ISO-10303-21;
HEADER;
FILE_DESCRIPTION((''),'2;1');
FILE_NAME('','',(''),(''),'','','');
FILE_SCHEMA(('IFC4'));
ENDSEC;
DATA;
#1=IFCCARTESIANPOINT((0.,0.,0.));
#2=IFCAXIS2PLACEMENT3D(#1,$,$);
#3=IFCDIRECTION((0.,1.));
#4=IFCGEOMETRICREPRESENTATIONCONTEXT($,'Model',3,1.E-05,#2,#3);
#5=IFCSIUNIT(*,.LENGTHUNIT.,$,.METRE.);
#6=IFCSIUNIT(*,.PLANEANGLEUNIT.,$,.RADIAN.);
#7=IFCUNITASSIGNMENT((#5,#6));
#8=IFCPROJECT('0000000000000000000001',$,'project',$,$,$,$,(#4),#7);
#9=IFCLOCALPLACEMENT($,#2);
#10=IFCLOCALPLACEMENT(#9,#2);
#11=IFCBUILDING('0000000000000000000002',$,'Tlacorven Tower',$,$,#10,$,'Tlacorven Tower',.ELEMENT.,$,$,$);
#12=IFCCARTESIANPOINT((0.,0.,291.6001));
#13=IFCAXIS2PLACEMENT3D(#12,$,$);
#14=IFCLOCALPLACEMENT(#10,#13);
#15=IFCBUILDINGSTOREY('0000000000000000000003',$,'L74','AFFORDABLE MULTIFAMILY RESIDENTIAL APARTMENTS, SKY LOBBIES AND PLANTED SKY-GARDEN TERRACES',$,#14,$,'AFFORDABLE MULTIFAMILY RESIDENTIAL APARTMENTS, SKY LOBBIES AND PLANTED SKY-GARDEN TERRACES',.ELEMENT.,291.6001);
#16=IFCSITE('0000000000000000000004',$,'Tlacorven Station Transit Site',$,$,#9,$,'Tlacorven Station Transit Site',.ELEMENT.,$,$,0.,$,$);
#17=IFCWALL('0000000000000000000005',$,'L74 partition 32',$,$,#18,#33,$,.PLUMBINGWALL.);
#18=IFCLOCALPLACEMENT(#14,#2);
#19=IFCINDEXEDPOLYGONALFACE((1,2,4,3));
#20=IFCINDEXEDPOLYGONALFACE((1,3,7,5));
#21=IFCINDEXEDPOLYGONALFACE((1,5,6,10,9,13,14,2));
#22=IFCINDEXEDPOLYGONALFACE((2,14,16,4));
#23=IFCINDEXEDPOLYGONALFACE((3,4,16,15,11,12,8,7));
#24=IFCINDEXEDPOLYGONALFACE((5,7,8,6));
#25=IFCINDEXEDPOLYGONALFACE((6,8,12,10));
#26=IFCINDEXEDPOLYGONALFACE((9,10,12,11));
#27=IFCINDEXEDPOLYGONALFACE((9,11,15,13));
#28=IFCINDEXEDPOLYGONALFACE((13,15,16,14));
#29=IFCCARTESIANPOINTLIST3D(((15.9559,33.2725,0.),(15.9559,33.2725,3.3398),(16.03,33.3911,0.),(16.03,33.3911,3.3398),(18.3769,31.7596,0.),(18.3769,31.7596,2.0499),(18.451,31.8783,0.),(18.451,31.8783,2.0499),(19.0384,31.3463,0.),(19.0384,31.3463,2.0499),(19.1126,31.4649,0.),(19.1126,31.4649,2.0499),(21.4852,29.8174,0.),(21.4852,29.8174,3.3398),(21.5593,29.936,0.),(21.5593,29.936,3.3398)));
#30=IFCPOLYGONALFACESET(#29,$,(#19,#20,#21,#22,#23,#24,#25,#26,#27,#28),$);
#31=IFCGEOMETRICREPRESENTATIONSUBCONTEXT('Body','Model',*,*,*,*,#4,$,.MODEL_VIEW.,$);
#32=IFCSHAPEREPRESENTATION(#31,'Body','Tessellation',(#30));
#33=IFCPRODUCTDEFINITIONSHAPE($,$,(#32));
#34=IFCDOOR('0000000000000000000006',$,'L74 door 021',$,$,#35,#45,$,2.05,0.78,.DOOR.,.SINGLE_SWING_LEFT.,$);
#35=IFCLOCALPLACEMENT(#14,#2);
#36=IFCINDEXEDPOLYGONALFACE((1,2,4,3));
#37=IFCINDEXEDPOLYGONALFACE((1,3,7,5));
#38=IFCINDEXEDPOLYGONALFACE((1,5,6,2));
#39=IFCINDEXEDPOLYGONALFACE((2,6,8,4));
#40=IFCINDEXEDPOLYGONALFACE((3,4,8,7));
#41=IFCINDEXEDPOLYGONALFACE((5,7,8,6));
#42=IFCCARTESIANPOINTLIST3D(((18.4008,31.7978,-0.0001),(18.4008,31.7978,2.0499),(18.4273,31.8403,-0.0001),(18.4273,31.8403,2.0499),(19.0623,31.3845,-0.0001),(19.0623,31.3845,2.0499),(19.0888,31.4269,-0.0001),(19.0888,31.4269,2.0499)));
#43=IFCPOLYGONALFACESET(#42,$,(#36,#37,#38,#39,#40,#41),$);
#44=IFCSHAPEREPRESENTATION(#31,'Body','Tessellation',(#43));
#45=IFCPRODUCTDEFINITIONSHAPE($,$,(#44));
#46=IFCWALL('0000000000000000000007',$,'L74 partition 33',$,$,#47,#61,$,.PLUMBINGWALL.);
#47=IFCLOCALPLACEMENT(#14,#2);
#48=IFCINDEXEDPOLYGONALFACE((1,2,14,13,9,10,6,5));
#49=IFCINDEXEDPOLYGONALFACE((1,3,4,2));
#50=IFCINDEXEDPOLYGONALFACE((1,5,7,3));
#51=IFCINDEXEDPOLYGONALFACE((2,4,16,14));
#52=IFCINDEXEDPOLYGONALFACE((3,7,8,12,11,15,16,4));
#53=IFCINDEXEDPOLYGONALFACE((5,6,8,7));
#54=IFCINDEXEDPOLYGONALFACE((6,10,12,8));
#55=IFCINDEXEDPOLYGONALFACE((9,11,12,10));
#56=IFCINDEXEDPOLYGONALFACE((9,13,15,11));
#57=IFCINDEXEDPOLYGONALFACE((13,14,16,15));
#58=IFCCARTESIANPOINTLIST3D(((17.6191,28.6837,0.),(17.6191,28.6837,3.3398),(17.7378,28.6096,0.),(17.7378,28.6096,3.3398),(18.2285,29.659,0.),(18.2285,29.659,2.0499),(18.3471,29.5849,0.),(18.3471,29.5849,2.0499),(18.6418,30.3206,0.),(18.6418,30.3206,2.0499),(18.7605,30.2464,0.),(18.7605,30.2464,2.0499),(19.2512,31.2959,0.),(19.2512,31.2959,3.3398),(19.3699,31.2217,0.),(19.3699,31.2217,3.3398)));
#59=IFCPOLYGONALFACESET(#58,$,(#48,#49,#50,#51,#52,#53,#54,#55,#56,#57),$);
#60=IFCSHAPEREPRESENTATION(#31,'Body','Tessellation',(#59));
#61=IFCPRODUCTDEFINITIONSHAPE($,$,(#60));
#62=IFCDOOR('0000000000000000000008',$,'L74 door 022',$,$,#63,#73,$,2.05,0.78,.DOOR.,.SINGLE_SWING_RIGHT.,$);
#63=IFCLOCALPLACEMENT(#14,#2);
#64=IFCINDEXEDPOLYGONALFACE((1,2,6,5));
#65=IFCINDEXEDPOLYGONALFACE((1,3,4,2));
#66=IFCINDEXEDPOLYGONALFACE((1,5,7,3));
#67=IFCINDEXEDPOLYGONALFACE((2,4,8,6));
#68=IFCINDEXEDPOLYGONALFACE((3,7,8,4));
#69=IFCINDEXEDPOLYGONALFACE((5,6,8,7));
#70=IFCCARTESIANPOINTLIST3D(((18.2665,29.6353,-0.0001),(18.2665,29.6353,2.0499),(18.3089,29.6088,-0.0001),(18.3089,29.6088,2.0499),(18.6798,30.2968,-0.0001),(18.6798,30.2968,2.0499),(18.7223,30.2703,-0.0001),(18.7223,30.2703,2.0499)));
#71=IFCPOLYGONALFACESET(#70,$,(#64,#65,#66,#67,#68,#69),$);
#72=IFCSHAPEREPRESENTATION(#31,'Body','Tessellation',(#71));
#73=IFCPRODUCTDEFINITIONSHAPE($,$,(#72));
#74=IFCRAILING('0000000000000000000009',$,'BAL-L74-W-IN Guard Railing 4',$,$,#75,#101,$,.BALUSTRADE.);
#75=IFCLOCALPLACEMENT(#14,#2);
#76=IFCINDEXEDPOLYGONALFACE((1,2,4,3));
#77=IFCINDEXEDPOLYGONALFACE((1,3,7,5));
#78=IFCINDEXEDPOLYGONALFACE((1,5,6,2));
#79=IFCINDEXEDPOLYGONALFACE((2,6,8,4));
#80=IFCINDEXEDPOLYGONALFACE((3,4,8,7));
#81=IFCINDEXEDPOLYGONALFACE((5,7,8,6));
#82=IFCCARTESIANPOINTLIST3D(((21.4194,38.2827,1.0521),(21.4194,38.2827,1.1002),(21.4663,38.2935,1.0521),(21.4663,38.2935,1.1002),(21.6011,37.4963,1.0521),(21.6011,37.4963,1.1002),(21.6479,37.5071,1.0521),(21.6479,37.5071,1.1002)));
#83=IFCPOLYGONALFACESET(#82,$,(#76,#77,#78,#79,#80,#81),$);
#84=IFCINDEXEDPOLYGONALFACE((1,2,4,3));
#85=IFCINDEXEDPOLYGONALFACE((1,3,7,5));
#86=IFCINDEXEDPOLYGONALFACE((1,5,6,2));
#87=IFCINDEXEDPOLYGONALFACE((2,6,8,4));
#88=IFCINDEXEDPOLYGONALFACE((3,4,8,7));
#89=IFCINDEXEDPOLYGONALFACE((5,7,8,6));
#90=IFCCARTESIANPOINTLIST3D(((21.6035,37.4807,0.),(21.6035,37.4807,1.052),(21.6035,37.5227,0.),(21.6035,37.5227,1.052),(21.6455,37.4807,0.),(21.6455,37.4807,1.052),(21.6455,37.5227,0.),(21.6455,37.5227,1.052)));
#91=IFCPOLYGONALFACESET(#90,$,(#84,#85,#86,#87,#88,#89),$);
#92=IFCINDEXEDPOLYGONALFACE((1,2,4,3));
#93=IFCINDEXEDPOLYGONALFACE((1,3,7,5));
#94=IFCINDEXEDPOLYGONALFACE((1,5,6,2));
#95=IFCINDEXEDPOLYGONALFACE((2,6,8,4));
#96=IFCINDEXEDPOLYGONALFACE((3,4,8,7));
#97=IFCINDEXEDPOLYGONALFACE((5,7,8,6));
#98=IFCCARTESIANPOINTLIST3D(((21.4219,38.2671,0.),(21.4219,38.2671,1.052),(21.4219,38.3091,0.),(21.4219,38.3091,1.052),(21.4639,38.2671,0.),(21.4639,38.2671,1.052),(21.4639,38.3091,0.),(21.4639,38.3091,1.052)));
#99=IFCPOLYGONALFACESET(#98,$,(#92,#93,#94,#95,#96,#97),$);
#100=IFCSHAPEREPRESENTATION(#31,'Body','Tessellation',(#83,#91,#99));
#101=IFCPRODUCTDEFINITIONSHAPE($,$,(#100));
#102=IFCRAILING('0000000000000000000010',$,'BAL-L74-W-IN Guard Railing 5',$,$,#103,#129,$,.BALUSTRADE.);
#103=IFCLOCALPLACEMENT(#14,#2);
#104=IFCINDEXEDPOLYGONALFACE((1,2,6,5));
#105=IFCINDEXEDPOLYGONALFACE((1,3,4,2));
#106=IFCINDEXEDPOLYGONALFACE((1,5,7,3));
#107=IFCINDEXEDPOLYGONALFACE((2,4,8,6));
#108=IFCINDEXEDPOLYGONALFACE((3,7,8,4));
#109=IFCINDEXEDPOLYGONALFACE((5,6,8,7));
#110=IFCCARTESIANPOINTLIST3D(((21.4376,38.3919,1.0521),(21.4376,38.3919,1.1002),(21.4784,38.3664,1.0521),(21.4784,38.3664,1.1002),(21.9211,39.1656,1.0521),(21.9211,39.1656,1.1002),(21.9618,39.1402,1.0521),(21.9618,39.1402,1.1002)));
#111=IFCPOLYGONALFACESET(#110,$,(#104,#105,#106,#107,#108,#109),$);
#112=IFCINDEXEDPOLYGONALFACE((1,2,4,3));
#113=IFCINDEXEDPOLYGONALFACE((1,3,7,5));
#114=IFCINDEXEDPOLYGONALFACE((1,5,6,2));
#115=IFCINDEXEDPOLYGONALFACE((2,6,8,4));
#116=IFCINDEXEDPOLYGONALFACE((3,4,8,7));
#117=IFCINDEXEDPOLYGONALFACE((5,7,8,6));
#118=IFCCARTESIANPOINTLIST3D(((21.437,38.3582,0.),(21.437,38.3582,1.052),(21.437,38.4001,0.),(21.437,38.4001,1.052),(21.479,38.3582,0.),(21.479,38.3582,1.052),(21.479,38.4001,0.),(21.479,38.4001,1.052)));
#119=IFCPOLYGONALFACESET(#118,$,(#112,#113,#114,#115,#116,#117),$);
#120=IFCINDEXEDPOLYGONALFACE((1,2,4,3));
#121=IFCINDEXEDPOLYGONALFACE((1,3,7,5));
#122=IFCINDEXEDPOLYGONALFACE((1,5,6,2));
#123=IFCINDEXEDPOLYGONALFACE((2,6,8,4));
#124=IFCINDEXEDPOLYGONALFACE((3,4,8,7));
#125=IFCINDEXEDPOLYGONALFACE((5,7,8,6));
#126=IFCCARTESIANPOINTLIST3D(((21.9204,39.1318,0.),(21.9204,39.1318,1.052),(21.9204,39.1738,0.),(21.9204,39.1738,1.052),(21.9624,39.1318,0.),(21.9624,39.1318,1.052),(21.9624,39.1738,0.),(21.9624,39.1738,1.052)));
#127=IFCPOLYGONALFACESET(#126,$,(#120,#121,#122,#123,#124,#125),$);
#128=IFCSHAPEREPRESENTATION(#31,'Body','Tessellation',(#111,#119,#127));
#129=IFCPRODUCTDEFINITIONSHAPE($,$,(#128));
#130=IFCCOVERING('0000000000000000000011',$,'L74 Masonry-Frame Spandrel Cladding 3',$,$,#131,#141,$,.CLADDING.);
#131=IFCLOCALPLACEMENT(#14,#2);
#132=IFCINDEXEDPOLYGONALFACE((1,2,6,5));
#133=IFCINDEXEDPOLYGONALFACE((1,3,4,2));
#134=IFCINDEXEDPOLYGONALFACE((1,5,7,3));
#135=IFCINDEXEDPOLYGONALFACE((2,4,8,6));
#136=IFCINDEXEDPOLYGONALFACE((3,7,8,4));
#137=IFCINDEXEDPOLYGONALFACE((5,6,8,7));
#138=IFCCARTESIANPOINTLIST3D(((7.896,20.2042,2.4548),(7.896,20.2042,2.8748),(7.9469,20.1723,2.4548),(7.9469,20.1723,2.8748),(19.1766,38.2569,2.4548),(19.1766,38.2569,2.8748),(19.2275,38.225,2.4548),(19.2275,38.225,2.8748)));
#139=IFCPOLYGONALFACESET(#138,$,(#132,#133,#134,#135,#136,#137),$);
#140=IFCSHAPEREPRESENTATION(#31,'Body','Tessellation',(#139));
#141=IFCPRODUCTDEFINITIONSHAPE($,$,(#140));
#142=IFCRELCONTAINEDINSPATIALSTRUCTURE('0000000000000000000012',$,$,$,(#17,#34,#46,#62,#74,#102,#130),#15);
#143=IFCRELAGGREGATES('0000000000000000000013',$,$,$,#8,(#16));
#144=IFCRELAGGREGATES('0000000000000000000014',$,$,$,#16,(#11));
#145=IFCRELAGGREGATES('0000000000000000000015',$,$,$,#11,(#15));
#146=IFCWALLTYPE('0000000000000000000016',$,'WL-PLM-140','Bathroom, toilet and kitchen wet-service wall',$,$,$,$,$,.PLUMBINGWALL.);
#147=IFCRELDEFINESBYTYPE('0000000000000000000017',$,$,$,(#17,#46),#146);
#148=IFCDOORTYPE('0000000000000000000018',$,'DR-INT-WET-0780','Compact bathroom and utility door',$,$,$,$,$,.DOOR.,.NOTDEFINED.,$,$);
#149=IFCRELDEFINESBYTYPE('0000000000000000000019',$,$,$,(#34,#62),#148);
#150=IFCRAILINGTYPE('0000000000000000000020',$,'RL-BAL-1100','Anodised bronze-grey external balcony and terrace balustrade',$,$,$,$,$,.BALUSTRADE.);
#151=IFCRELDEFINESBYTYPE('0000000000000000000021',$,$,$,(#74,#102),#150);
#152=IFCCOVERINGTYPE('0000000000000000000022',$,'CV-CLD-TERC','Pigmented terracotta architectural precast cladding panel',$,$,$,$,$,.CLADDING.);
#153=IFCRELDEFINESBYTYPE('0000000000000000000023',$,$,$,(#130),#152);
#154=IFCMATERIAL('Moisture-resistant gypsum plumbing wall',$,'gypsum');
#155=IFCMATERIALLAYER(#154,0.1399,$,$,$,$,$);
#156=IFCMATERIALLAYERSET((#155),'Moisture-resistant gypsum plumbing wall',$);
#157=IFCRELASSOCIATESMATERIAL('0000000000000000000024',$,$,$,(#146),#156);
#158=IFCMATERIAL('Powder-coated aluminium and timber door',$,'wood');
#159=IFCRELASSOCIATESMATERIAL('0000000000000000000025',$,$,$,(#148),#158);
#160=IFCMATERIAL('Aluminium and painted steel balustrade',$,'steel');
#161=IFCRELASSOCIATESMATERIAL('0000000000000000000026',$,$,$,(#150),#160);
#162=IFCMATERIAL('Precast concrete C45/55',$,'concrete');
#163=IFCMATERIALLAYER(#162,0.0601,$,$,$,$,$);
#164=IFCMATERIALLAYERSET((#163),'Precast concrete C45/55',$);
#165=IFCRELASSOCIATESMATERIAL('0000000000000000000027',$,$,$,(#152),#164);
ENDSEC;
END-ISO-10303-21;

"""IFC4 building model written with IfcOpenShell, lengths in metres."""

from ifc_helpers import new_model, si_unit, direction, frame, frame_2d, origin, origin_2d, place, context, subcontext, project, spatial, rectangle, extrude, source, transform, mapped, material, layer, layer_set, type_object, element, fill, save


model = new_model("IFC4")

# Units and contexts
model_context = context("Model", 3, precision=1e-05, world=origin(), true_north=direction((0.0, 1.0)))
body_context = subcontext(model_context, "Body", "Model", "MODEL_VIEW")
ifc_project = project(units=[si_unit("LENGTHUNIT", "METRE"), si_unit("PLANEANGLEUNIT", "RADIAN")], contexts=[model_context])

# Site, building, storey
site_placement = place(None, origin())
site = spatial("IfcSite", under=ifc_project, at=site_placement, Name="Tlacorven Station Transit Site", LongName="Tlacorven Station Transit Site", CompositionType="ELEMENT", RefElevation=0.0)
building_placement = place(site_placement, origin())
building = spatial("IfcBuilding", under=site, at=building_placement, Name="Tlacorven Tower", LongName="Tlacorven Tower", CompositionType="ELEMENT")
storey_placement = place(building_placement, frame((0.0, 0.0, 291.6001)))
storey = spatial("IfcBuildingStorey", under=building, at=storey_placement, Name="L74", Description="AFFORDABLE MULTIFAMILY RESIDENTIAL APARTMENTS, SKY LOBBIES AND PLANTED SKY-GARDEN TERRACES", LongName="AFFORDABLE MULTIFAMILY RESIDENTIAL APARTMENTS, SKY LOBBIES AND PLANTED SKY-GARDEN TERRACES", CompositionType="ELEMENT", Elevation=291.6001)

# Shared definitions
ifc_material_1 = material(Name="Precast concrete C45/55", Category="concrete")
ifc_material_2 = material(Name="Powder-coated aluminium and timber door", Category="wood")

# Walls, openings, doors
ifc_material_3 = material(Name="Moisture-resistant gypsum plumbing wall", Category="gypsum")
ifc_layer_1 = layer(ifc_material_3, 0.1399)
ifc_layer_set_1 = layer_set([ifc_layer_1], Name="Moisture-resistant gypsum plumbing wall")
wall_type_1 = type_object("IfcWallType", Name="WL-PLM-140", Description="Bathroom, toilet and kitchen wet-service wall", PredefinedType="PLUMBINGWALL", material=ifc_layer_set_1)
wall_1_placement = place(storey_placement, frame((21.5222, 29.8767, 0.0), z_axis=(0.0, 0.0, 1.0), x_axis=(-0.848049, 0.529918, 0.0)))
wall_1 = element("IfcWall", 1, at=wall_1_placement, inside=storey, type_object=wall_type_1, Name="L74 partition 32", PredefinedType="PLUMBINGWALL", context=body_context, shape_type="SweptSolid", body=[
    extrude(rectangle(XDim=6.52, YDim=0.1399, at=frame_2d((3.26, 0.0))), origin(), (0.0, 0.0, 1.0), 3.3398),
])
opening_1_placement = place(wall_1_placement, frame((2.885, 0.0, 0.0)))
opening_1 = element("IfcOpeningElement", 2, at=opening_1_placement, cuts=wall_1, PredefinedType="OPENING", context=body_context, shape_type="SweptSolid", body=[
    extrude(rectangle(XDim=0.78, YDim=2.05, at=frame_2d((0.3901, 1.0249))), frame((0.0, 0.0801, 0.0), z_axis=(0.0, -1.0, 0.0), x_axis=(1.0, 0.0, 0.0)), (0.0, 0.0, 1.0), 0.1599),
])
door_type_1 = type_object("IfcDoorType", Name="DR-INT-WET-0780", Description="Compact bathroom and utility door", OperationType="NOTDEFINED", PredefinedType="DOOR", material=ifc_material_2)
shared_shape_1 = source(origin(), body_context, "Body", "SweptSolid", [
    extrude(rectangle(XDim=0.78, YDim=2.05, at=frame_2d((0.3901, 1.0249))), frame((0.0, 0.0249, 0.0), z_axis=(0.0, -1.0, 0.0), x_axis=(1.0, 0.0, 0.0)), (0.0, 0.0, 1.0), 0.05),
])
door_1_placement = place(opening_1_placement, origin())
door_1 = element("IfcDoor", 3, at=door_1_placement, inside=storey, type_object=door_type_1, Name="L74 door 021", OperationType="SINGLE_SWING_LEFT", OverallHeight=2.05, OverallWidth=0.78, PredefinedType="DOOR", context=body_context, shape_type="MappedRepresentation", body=[
    mapped(shared_shape_1, transform((0.0, 0.0, 0.0), scale=1.0)),
])
fill(opening_1, door_1)
wall_2_placement = place(storey_placement, frame((19.3105, 31.2588, 0.0), z_axis=(0.0, 0.0, 1.0), x_axis=(-0.529892, -0.848065, 0.0)))
wall_2 = element("IfcWall", 4, at=wall_2_placement, inside=storey, type_object=wall_type_1, Name="L74 partition 33", PredefinedType="PLUMBINGWALL", context=body_context, shape_type="SweptSolid", body=[
    extrude(rectangle(XDim=3.0801, YDim=0.1399, at=frame_2d((1.54, 0.0))), origin(), (0.0, 0.0, 1.0), 3.3398),
])
opening_2_placement = place(wall_2_placement, frame((1.1499, 0.0, 0.0)))
opening_2 = element("IfcOpeningElement", 5, at=opening_2_placement, cuts=wall_2, PredefinedType="OPENING", context=body_context, shape_type="SweptSolid", body=[
    extrude(rectangle(XDim=0.78, YDim=2.05, at=frame_2d((0.3901, 1.0249))), frame((0.0, 0.0801, 0.0), z_axis=(0.0, -1.0, 0.0), x_axis=(1.0, 0.0, 0.0)), (0.0, 0.0, 1.0), 0.1599),
])
door_2_placement = place(opening_2_placement, origin())
door_2 = element("IfcDoor", 6, at=door_2_placement, inside=storey, type_object=door_type_1, Name="L74 door 022", OperationType="SINGLE_SWING_RIGHT", OverallHeight=2.05, OverallWidth=0.78, PredefinedType="DOOR", context=body_context, shape_type="MappedRepresentation", body=[
    mapped(shared_shape_1, transform((0.0, 0.0, 0.0), scale=1.0)),
])
fill(opening_2, door_2)

# Railings
ifc_material_4 = material(Name="Aluminium and painted steel balustrade", Category="steel")
railing_type = type_object("IfcRailingType", Name="RL-BAL-1100", Description="Anodised bronze-grey external balcony and terrace balustrade", PredefinedType="BALUSTRADE", material=ifc_material_4)
shared_shape_2 = source(origin(), body_context, "Body", "SweptSolid", [
    extrude(rectangle(XDim=0.0481, YDim=0.0481, at=origin_2d()), frame((0.0, 0.0, 1.0762), z_axis=(-0.225058, 0.974345, 0.0), x_axis=(-0.974345, -0.225058, 0.0)), (0.0, 0.0, 1.0), 0.8071),
    extrude(rectangle(XDim=0.042, YDim=0.042, at=origin_2d()), origin(), (0.0, 0.0, 1.0), 1.052),
    extrude(rectangle(XDim=0.042, YDim=0.042, at=origin_2d()), frame((-0.1816, 0.7864, 0.0)), (0.0, 0.0, 1.0), 1.052),
])
railing_1_placement = place(storey_placement, frame((21.6245, 37.5017, 0.0)))
element("IfcRailing", 7, at=railing_1_placement, inside=storey, type_object=railing_type, Name="BAL-L74-W-IN Guard Railing 4", PredefinedType="BALUSTRADE", context=body_context, shape_type="MappedRepresentation", body=[
    mapped(shared_shape_2, transform((0.0, 0.0, 0.0), scale=1.0)),
])
shared_shape_3 = source(origin(), body_context, "Body", "SweptSolid", [
    extrude(rectangle(XDim=0.0481, YDim=0.0481, at=origin_2d()), frame((0.0, 0.0, 1.0762), z_axis=(0.529879, 0.848073, 0.0), x_axis=(-0.848073, 0.529879, 0.0)), (0.0, 0.0, 1.0), 0.9124),
    extrude(rectangle(XDim=0.042, YDim=0.042, at=origin_2d()), origin(), (0.0, 0.0, 1.0), 1.052),
    extrude(rectangle(XDim=0.042, YDim=0.042, at=origin_2d()), frame((0.4834, 0.7737, 0.0)), (0.0, 0.0, 1.0), 1.052),
])
railing_2_placement = place(storey_placement, frame((21.458, 38.3792, 0.0)))
element("IfcRailing", 8, at=railing_2_placement, inside=storey, type_object=railing_type, Name="BAL-L74-W-IN Guard Railing 5", PredefinedType="BALUSTRADE", context=body_context, shape_type="MappedRepresentation", body=[
    mapped(shared_shape_3, transform((0.0, 0.0, 0.0), scale=1.0)),
])

# Covering
ifc_layer_2 = layer(ifc_material_1, 0.0601)
ifc_layer_set_2 = layer_set([ifc_layer_2], Name="Precast concrete C45/55")
covering_type = type_object("IfcCoveringType", Name="CV-CLD-TERC", Description="Pigmented terracotta architectural precast cladding panel", PredefinedType="CLADDING", material=ifc_layer_set_2)
shared_shape_4 = source(origin(), body_context, "Body", "SweptSolid", [
    extrude(rectangle(XDim=21.2874, YDim=0.0601, at=origin_2d()), origin(), (0.0, 0.0, 1.0), 0.4199),
])
covering_placement = place(storey_placement, frame((13.5618, 29.2146, 2.4548), z_axis=(0.0, 0.0, 1.0), x_axis=(0.529919, 0.848048, 0.0)))
element("IfcCovering", 9, at=covering_placement, inside=storey, type_object=covering_type, Name="L74 Masonry-Frame Spandrel Cladding 3", PredefinedType="CLADDING", context=body_context, shape_type="MappedRepresentation", body=[
    mapped(shared_shape_4, transform((0.0, 0.0, 0.0), scale=1.0)),
])

save(model, "model.ifc")
